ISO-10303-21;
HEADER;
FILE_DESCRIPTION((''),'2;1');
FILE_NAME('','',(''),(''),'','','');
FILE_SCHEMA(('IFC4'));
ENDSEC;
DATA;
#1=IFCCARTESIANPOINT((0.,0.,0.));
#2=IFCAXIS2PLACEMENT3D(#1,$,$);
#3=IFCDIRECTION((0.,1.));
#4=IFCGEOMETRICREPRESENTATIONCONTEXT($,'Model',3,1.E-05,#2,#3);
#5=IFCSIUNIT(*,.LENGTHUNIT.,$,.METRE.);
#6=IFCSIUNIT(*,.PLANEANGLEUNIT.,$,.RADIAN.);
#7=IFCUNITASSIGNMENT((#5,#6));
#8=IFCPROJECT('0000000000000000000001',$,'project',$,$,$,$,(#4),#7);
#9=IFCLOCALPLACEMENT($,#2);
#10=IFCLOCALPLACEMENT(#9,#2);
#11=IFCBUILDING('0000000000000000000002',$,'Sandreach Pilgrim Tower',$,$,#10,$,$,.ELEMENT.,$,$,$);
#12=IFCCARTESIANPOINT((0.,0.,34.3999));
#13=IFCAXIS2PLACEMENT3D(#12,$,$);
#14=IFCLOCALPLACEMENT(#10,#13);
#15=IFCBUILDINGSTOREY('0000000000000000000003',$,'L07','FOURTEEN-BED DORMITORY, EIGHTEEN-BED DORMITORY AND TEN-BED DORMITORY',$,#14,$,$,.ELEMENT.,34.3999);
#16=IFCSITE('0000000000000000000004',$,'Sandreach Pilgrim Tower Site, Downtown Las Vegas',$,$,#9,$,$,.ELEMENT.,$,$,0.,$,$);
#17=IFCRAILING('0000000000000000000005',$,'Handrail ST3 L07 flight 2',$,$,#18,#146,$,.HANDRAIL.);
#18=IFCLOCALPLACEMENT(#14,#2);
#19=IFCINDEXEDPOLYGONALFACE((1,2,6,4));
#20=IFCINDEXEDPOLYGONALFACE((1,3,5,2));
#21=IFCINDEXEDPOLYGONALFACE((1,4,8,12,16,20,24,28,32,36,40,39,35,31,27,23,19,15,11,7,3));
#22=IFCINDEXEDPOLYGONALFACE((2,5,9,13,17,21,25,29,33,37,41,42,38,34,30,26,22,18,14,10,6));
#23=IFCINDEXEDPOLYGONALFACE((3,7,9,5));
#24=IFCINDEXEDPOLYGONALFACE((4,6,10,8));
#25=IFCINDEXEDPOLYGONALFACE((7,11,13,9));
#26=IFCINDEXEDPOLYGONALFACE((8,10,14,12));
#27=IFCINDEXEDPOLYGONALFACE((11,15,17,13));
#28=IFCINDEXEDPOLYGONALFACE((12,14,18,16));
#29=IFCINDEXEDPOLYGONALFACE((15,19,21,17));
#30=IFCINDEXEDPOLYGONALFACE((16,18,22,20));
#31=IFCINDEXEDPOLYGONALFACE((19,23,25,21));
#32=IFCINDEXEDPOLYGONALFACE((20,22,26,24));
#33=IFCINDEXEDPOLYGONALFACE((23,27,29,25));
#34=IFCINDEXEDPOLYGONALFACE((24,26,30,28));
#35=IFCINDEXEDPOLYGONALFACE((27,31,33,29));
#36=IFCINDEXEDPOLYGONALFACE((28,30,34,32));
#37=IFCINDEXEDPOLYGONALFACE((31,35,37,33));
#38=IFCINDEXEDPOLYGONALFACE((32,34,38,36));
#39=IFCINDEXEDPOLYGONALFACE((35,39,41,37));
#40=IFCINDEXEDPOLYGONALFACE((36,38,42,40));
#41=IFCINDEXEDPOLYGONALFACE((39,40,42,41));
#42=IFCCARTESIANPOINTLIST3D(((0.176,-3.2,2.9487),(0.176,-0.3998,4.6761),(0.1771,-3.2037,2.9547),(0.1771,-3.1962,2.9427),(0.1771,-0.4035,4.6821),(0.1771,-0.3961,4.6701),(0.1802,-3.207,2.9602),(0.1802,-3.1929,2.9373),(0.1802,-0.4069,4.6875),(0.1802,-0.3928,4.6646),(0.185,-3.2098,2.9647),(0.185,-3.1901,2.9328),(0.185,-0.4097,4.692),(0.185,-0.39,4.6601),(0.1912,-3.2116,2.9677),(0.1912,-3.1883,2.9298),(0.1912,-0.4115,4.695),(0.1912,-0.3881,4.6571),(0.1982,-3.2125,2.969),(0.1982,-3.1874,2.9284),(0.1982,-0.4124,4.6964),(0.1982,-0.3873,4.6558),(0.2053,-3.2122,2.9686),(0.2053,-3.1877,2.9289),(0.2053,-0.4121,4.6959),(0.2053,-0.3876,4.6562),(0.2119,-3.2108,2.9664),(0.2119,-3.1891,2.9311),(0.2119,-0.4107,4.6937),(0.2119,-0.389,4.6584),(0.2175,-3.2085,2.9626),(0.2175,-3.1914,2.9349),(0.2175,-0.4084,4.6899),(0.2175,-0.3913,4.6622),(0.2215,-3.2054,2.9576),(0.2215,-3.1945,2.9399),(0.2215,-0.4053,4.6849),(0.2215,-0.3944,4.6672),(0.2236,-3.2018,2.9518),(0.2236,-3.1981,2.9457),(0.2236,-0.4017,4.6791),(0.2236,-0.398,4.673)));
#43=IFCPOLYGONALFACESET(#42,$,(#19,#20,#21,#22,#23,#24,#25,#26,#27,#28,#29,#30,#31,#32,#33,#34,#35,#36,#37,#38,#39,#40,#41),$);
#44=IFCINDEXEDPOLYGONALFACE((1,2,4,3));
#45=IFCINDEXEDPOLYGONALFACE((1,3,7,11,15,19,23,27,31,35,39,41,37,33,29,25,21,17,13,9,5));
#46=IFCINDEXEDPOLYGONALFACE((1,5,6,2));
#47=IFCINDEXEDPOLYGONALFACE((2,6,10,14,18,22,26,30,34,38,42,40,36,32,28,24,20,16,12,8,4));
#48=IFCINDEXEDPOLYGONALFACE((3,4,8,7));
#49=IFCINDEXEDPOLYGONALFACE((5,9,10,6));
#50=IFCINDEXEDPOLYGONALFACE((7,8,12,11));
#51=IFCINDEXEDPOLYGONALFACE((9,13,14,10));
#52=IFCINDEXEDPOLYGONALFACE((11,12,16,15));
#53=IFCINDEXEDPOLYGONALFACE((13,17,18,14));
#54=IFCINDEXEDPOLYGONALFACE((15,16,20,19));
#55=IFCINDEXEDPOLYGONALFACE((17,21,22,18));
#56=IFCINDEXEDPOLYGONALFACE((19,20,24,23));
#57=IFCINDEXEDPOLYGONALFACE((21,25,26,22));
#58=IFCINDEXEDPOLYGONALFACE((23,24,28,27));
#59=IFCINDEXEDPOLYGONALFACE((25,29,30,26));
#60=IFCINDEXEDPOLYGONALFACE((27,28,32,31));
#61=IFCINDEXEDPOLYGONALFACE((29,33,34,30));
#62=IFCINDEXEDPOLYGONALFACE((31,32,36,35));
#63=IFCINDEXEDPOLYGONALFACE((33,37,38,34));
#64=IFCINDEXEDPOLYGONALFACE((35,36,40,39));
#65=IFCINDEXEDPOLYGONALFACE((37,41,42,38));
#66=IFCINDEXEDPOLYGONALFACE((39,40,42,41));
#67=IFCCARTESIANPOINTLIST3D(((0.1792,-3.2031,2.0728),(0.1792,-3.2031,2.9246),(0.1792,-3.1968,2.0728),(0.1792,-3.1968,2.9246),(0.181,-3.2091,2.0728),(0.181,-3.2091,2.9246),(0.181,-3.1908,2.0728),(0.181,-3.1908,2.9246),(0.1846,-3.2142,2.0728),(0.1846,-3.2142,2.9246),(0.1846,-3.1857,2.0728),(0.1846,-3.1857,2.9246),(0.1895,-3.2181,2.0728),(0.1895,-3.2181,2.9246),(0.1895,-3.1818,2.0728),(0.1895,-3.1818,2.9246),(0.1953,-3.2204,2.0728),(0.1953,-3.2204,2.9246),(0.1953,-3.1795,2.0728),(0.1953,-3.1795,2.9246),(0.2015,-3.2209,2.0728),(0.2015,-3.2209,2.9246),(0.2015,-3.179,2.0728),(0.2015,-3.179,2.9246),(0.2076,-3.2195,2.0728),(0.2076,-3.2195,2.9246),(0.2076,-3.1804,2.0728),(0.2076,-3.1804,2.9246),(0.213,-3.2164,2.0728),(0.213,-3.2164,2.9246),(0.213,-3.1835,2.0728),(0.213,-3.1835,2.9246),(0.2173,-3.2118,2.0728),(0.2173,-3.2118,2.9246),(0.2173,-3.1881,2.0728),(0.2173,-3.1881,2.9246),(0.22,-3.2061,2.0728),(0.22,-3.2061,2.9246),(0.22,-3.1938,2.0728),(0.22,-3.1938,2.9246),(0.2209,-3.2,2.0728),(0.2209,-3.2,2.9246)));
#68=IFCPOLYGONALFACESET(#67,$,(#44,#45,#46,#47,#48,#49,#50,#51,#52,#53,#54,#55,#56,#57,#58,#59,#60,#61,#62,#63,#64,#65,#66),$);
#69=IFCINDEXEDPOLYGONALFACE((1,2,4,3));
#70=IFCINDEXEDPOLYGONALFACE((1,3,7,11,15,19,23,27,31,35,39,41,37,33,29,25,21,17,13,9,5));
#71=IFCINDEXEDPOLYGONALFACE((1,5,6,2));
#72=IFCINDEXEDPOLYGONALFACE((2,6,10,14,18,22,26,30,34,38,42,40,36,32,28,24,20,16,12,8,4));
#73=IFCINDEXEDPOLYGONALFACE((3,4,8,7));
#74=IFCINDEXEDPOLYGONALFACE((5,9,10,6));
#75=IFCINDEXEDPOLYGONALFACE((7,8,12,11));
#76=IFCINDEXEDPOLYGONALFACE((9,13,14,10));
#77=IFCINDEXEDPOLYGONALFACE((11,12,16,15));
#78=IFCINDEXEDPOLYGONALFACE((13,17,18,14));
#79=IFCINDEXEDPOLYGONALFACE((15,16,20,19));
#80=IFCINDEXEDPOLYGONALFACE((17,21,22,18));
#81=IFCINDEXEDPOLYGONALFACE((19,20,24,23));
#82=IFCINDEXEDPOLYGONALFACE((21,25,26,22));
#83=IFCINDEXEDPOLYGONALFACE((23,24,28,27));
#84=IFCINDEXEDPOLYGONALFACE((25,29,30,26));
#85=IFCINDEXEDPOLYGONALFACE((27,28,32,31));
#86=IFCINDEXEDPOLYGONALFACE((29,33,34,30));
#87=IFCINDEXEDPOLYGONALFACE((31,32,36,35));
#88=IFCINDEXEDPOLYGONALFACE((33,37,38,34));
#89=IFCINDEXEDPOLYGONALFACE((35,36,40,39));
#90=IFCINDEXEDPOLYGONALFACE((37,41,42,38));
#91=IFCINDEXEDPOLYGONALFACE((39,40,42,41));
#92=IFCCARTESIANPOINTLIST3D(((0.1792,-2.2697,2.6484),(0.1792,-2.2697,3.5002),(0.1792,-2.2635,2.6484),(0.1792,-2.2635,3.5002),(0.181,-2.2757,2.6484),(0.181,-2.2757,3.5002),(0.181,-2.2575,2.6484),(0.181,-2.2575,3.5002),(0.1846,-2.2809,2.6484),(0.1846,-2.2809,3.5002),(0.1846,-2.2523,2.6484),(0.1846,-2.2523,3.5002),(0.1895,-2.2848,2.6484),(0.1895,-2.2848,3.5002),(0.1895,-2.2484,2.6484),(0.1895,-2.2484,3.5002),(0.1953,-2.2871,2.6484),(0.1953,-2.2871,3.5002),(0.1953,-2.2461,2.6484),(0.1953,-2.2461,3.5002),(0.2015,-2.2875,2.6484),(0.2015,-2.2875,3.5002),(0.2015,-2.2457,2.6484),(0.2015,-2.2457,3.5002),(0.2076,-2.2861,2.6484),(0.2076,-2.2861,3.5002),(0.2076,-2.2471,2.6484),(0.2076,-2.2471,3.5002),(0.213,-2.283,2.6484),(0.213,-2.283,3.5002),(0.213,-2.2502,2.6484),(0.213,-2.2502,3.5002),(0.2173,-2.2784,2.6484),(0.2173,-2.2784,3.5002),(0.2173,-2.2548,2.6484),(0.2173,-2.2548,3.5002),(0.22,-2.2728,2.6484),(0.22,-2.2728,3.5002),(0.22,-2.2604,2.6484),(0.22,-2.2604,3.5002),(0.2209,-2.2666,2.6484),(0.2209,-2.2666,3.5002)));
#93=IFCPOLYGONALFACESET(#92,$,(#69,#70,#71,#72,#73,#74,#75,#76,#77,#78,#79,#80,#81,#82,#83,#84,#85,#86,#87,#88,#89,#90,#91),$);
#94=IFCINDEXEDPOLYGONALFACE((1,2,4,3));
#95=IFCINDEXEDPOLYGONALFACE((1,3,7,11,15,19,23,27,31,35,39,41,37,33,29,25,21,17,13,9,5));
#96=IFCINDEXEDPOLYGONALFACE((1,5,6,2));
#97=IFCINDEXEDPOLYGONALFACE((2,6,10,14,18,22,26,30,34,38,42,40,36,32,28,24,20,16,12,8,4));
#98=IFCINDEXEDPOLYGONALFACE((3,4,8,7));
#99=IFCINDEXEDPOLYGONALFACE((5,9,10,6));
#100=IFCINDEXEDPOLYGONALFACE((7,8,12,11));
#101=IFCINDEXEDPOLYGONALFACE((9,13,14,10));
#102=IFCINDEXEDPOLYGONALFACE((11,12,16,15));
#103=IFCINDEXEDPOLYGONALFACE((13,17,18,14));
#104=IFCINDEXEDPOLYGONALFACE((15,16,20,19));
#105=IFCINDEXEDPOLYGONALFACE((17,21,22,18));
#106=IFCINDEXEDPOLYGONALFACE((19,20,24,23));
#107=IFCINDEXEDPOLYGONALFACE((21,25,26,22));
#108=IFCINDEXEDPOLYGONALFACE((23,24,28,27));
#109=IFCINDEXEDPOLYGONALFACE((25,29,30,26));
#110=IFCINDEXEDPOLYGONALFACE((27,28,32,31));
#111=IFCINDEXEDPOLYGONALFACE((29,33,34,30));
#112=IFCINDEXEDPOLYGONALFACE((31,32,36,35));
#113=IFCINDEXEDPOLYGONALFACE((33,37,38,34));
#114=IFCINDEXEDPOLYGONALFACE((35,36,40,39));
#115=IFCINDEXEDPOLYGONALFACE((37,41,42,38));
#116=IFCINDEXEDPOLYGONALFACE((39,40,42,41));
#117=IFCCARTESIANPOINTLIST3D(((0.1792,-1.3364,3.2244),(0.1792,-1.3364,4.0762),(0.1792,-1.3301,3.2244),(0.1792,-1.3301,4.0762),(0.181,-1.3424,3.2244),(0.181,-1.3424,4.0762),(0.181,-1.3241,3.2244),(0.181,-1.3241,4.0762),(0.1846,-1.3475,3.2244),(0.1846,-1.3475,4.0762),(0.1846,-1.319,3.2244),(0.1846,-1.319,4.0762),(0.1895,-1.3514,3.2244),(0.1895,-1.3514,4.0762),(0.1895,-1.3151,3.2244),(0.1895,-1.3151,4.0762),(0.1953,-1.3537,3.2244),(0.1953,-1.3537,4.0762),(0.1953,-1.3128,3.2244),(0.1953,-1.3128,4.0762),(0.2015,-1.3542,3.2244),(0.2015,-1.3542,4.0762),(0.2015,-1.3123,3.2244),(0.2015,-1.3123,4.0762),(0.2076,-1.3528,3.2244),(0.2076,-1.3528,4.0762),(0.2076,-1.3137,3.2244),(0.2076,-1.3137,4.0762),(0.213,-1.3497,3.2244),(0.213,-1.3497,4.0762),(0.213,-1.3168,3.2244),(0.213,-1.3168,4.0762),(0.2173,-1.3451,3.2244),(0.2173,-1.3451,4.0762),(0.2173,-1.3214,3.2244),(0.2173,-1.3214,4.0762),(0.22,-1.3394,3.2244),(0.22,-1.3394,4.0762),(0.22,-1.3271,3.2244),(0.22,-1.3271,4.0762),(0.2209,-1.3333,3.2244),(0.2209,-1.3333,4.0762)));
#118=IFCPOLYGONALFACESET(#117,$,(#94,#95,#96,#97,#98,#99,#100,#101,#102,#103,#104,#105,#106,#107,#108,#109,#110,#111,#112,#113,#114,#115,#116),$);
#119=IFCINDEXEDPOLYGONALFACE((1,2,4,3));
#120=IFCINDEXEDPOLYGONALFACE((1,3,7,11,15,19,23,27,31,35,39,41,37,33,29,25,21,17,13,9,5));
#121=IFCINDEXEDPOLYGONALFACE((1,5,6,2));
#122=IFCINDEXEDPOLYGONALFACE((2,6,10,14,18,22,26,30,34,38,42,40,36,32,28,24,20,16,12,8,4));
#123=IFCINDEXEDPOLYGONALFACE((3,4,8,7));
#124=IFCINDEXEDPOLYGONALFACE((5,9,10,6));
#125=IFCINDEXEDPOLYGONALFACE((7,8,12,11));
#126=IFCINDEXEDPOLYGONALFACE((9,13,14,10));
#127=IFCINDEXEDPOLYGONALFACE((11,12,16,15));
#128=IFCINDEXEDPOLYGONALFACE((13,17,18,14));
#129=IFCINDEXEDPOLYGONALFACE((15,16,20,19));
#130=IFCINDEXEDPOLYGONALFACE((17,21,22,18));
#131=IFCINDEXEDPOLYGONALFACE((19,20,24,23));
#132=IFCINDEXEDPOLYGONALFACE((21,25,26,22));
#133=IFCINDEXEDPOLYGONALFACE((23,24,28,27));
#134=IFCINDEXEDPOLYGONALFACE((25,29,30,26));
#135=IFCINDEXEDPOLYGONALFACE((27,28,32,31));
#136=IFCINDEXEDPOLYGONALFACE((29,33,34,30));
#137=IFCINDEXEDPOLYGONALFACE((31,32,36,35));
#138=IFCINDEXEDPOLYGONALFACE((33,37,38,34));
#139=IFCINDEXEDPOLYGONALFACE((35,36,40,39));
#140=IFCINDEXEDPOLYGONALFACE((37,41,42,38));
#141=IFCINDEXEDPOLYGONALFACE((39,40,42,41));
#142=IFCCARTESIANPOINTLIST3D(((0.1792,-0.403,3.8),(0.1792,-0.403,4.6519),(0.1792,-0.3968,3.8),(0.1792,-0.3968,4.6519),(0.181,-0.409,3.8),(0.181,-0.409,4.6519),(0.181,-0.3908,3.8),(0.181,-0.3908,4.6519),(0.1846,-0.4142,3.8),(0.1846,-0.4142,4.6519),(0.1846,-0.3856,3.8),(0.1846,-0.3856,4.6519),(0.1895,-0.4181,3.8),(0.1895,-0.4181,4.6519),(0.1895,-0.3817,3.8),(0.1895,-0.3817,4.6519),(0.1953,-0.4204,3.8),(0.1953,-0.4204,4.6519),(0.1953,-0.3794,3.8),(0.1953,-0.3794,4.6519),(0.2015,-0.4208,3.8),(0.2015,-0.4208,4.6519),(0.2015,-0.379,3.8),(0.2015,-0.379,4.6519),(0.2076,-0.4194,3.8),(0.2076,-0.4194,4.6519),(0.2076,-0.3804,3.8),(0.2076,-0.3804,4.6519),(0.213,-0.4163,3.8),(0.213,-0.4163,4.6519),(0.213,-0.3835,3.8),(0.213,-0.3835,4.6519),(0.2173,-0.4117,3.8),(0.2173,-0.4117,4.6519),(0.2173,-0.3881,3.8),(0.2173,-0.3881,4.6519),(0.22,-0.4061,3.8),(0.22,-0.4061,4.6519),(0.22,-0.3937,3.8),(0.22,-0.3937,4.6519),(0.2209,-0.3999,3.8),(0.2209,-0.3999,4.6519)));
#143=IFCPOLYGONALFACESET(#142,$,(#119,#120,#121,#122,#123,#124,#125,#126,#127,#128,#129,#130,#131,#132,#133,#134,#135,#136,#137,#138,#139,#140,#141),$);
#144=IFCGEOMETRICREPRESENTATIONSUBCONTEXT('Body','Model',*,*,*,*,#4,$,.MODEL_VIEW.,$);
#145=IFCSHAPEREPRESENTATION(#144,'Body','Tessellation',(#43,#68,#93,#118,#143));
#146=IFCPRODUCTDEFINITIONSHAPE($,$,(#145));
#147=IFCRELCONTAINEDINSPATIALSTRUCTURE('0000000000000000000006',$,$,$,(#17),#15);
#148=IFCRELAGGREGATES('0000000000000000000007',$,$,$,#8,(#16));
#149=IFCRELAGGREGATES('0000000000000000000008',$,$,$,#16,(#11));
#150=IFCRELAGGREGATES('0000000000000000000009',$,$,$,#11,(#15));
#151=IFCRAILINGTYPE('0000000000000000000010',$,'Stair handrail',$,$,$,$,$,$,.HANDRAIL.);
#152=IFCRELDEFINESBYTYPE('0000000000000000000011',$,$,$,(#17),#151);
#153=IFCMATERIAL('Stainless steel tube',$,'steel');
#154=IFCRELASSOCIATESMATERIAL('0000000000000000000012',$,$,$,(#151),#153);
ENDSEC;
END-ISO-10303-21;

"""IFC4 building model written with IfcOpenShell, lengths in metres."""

from ifc_helpers import new_model, si_unit, direction, frame, origin, origin_2d, place, context, subcontext, project, spatial, circle, extrude, material, type_object, element, save


model = new_model("IFC4")

# Units and contexts
model_context = context("Model", 3, precision=1e-05, world=origin(), true_north=direction((0.0, 1.0)))
body_context = subcontext(model_context, "Body", "Model", "MODEL_VIEW")
ifc_project = project(units=[si_unit("LENGTHUNIT", "METRE"), si_unit("PLANEANGLEUNIT", "RADIAN")], contexts=[model_context])

# Site, building, storey
site_placement = place(None, origin())
site = spatial("IfcSite", under=ifc_project, at=site_placement, Name="Sandreach Pilgrim Tower Site, Downtown Las Vegas", CompositionType="ELEMENT", RefElevation=0.0)
building_placement = place(site_placement, origin())
building = spatial("IfcBuilding", under=site, at=building_placement, Name="Sandreach Pilgrim Tower", CompositionType="ELEMENT")
storey_placement = place(building_placement, frame((0.0, 0.0, 34.3999)))
storey = spatial("IfcBuildingStorey", under=building, at=storey_placement, Name="L07", Description="FOURTEEN-BED DORMITORY, EIGHTEEN-BED DORMITORY AND TEN-BED DORMITORY", CompositionType="ELEMENT", Elevation=34.3999)

# Railing
ifc_material_1 = material(Name="Stainless steel tube", Category="steel")
railing_type = type_object("IfcRailingType", Name="Stair handrail", PredefinedType="HANDRAIL", material=ifc_material_1)
for number, where, name in (
    (1, (0.2, -3.2, 2.0728), "Handrail ST3 L07 flight 2"),
):
    element("IfcRailing", number, at=place(storey_placement, frame(where)), inside=storey, type_object=railing_type, Name=name, PredefinedType="HANDRAIL", context=body_context, shape_type="SweptSolid", body=[
        extrude(circle(Radius=0.0239, at=origin_2d()), frame((0.0, 0.0, 0.876), z_axis=(0.0, 0.85109, 0.52502), x_axis=(-1.0, 0.0, 0.0)), (0.0, 0.0, 1.0), 3.29),
        extrude(circle(Radius=0.021, at=origin_2d()), origin(), (0.0, 0.0, 1.0), 0.8518),
        extrude(circle(Radius=0.021, at=origin_2d()), frame((0.0, 0.9333, 0.5757)), (0.0, 0.0, 1.0), 0.8518),
        extrude(circle(Radius=0.021, at=origin_2d()), frame((0.0, 1.8667, 1.1516)), (0.0, 0.0, 1.0), 0.8518),
        extrude(circle(Radius=0.021, at=origin_2d()), frame((0.0, 2.8, 1.7273)), (0.0, 0.0, 1.0), 0.8518),
    ])

save(model, "model.ifc")
